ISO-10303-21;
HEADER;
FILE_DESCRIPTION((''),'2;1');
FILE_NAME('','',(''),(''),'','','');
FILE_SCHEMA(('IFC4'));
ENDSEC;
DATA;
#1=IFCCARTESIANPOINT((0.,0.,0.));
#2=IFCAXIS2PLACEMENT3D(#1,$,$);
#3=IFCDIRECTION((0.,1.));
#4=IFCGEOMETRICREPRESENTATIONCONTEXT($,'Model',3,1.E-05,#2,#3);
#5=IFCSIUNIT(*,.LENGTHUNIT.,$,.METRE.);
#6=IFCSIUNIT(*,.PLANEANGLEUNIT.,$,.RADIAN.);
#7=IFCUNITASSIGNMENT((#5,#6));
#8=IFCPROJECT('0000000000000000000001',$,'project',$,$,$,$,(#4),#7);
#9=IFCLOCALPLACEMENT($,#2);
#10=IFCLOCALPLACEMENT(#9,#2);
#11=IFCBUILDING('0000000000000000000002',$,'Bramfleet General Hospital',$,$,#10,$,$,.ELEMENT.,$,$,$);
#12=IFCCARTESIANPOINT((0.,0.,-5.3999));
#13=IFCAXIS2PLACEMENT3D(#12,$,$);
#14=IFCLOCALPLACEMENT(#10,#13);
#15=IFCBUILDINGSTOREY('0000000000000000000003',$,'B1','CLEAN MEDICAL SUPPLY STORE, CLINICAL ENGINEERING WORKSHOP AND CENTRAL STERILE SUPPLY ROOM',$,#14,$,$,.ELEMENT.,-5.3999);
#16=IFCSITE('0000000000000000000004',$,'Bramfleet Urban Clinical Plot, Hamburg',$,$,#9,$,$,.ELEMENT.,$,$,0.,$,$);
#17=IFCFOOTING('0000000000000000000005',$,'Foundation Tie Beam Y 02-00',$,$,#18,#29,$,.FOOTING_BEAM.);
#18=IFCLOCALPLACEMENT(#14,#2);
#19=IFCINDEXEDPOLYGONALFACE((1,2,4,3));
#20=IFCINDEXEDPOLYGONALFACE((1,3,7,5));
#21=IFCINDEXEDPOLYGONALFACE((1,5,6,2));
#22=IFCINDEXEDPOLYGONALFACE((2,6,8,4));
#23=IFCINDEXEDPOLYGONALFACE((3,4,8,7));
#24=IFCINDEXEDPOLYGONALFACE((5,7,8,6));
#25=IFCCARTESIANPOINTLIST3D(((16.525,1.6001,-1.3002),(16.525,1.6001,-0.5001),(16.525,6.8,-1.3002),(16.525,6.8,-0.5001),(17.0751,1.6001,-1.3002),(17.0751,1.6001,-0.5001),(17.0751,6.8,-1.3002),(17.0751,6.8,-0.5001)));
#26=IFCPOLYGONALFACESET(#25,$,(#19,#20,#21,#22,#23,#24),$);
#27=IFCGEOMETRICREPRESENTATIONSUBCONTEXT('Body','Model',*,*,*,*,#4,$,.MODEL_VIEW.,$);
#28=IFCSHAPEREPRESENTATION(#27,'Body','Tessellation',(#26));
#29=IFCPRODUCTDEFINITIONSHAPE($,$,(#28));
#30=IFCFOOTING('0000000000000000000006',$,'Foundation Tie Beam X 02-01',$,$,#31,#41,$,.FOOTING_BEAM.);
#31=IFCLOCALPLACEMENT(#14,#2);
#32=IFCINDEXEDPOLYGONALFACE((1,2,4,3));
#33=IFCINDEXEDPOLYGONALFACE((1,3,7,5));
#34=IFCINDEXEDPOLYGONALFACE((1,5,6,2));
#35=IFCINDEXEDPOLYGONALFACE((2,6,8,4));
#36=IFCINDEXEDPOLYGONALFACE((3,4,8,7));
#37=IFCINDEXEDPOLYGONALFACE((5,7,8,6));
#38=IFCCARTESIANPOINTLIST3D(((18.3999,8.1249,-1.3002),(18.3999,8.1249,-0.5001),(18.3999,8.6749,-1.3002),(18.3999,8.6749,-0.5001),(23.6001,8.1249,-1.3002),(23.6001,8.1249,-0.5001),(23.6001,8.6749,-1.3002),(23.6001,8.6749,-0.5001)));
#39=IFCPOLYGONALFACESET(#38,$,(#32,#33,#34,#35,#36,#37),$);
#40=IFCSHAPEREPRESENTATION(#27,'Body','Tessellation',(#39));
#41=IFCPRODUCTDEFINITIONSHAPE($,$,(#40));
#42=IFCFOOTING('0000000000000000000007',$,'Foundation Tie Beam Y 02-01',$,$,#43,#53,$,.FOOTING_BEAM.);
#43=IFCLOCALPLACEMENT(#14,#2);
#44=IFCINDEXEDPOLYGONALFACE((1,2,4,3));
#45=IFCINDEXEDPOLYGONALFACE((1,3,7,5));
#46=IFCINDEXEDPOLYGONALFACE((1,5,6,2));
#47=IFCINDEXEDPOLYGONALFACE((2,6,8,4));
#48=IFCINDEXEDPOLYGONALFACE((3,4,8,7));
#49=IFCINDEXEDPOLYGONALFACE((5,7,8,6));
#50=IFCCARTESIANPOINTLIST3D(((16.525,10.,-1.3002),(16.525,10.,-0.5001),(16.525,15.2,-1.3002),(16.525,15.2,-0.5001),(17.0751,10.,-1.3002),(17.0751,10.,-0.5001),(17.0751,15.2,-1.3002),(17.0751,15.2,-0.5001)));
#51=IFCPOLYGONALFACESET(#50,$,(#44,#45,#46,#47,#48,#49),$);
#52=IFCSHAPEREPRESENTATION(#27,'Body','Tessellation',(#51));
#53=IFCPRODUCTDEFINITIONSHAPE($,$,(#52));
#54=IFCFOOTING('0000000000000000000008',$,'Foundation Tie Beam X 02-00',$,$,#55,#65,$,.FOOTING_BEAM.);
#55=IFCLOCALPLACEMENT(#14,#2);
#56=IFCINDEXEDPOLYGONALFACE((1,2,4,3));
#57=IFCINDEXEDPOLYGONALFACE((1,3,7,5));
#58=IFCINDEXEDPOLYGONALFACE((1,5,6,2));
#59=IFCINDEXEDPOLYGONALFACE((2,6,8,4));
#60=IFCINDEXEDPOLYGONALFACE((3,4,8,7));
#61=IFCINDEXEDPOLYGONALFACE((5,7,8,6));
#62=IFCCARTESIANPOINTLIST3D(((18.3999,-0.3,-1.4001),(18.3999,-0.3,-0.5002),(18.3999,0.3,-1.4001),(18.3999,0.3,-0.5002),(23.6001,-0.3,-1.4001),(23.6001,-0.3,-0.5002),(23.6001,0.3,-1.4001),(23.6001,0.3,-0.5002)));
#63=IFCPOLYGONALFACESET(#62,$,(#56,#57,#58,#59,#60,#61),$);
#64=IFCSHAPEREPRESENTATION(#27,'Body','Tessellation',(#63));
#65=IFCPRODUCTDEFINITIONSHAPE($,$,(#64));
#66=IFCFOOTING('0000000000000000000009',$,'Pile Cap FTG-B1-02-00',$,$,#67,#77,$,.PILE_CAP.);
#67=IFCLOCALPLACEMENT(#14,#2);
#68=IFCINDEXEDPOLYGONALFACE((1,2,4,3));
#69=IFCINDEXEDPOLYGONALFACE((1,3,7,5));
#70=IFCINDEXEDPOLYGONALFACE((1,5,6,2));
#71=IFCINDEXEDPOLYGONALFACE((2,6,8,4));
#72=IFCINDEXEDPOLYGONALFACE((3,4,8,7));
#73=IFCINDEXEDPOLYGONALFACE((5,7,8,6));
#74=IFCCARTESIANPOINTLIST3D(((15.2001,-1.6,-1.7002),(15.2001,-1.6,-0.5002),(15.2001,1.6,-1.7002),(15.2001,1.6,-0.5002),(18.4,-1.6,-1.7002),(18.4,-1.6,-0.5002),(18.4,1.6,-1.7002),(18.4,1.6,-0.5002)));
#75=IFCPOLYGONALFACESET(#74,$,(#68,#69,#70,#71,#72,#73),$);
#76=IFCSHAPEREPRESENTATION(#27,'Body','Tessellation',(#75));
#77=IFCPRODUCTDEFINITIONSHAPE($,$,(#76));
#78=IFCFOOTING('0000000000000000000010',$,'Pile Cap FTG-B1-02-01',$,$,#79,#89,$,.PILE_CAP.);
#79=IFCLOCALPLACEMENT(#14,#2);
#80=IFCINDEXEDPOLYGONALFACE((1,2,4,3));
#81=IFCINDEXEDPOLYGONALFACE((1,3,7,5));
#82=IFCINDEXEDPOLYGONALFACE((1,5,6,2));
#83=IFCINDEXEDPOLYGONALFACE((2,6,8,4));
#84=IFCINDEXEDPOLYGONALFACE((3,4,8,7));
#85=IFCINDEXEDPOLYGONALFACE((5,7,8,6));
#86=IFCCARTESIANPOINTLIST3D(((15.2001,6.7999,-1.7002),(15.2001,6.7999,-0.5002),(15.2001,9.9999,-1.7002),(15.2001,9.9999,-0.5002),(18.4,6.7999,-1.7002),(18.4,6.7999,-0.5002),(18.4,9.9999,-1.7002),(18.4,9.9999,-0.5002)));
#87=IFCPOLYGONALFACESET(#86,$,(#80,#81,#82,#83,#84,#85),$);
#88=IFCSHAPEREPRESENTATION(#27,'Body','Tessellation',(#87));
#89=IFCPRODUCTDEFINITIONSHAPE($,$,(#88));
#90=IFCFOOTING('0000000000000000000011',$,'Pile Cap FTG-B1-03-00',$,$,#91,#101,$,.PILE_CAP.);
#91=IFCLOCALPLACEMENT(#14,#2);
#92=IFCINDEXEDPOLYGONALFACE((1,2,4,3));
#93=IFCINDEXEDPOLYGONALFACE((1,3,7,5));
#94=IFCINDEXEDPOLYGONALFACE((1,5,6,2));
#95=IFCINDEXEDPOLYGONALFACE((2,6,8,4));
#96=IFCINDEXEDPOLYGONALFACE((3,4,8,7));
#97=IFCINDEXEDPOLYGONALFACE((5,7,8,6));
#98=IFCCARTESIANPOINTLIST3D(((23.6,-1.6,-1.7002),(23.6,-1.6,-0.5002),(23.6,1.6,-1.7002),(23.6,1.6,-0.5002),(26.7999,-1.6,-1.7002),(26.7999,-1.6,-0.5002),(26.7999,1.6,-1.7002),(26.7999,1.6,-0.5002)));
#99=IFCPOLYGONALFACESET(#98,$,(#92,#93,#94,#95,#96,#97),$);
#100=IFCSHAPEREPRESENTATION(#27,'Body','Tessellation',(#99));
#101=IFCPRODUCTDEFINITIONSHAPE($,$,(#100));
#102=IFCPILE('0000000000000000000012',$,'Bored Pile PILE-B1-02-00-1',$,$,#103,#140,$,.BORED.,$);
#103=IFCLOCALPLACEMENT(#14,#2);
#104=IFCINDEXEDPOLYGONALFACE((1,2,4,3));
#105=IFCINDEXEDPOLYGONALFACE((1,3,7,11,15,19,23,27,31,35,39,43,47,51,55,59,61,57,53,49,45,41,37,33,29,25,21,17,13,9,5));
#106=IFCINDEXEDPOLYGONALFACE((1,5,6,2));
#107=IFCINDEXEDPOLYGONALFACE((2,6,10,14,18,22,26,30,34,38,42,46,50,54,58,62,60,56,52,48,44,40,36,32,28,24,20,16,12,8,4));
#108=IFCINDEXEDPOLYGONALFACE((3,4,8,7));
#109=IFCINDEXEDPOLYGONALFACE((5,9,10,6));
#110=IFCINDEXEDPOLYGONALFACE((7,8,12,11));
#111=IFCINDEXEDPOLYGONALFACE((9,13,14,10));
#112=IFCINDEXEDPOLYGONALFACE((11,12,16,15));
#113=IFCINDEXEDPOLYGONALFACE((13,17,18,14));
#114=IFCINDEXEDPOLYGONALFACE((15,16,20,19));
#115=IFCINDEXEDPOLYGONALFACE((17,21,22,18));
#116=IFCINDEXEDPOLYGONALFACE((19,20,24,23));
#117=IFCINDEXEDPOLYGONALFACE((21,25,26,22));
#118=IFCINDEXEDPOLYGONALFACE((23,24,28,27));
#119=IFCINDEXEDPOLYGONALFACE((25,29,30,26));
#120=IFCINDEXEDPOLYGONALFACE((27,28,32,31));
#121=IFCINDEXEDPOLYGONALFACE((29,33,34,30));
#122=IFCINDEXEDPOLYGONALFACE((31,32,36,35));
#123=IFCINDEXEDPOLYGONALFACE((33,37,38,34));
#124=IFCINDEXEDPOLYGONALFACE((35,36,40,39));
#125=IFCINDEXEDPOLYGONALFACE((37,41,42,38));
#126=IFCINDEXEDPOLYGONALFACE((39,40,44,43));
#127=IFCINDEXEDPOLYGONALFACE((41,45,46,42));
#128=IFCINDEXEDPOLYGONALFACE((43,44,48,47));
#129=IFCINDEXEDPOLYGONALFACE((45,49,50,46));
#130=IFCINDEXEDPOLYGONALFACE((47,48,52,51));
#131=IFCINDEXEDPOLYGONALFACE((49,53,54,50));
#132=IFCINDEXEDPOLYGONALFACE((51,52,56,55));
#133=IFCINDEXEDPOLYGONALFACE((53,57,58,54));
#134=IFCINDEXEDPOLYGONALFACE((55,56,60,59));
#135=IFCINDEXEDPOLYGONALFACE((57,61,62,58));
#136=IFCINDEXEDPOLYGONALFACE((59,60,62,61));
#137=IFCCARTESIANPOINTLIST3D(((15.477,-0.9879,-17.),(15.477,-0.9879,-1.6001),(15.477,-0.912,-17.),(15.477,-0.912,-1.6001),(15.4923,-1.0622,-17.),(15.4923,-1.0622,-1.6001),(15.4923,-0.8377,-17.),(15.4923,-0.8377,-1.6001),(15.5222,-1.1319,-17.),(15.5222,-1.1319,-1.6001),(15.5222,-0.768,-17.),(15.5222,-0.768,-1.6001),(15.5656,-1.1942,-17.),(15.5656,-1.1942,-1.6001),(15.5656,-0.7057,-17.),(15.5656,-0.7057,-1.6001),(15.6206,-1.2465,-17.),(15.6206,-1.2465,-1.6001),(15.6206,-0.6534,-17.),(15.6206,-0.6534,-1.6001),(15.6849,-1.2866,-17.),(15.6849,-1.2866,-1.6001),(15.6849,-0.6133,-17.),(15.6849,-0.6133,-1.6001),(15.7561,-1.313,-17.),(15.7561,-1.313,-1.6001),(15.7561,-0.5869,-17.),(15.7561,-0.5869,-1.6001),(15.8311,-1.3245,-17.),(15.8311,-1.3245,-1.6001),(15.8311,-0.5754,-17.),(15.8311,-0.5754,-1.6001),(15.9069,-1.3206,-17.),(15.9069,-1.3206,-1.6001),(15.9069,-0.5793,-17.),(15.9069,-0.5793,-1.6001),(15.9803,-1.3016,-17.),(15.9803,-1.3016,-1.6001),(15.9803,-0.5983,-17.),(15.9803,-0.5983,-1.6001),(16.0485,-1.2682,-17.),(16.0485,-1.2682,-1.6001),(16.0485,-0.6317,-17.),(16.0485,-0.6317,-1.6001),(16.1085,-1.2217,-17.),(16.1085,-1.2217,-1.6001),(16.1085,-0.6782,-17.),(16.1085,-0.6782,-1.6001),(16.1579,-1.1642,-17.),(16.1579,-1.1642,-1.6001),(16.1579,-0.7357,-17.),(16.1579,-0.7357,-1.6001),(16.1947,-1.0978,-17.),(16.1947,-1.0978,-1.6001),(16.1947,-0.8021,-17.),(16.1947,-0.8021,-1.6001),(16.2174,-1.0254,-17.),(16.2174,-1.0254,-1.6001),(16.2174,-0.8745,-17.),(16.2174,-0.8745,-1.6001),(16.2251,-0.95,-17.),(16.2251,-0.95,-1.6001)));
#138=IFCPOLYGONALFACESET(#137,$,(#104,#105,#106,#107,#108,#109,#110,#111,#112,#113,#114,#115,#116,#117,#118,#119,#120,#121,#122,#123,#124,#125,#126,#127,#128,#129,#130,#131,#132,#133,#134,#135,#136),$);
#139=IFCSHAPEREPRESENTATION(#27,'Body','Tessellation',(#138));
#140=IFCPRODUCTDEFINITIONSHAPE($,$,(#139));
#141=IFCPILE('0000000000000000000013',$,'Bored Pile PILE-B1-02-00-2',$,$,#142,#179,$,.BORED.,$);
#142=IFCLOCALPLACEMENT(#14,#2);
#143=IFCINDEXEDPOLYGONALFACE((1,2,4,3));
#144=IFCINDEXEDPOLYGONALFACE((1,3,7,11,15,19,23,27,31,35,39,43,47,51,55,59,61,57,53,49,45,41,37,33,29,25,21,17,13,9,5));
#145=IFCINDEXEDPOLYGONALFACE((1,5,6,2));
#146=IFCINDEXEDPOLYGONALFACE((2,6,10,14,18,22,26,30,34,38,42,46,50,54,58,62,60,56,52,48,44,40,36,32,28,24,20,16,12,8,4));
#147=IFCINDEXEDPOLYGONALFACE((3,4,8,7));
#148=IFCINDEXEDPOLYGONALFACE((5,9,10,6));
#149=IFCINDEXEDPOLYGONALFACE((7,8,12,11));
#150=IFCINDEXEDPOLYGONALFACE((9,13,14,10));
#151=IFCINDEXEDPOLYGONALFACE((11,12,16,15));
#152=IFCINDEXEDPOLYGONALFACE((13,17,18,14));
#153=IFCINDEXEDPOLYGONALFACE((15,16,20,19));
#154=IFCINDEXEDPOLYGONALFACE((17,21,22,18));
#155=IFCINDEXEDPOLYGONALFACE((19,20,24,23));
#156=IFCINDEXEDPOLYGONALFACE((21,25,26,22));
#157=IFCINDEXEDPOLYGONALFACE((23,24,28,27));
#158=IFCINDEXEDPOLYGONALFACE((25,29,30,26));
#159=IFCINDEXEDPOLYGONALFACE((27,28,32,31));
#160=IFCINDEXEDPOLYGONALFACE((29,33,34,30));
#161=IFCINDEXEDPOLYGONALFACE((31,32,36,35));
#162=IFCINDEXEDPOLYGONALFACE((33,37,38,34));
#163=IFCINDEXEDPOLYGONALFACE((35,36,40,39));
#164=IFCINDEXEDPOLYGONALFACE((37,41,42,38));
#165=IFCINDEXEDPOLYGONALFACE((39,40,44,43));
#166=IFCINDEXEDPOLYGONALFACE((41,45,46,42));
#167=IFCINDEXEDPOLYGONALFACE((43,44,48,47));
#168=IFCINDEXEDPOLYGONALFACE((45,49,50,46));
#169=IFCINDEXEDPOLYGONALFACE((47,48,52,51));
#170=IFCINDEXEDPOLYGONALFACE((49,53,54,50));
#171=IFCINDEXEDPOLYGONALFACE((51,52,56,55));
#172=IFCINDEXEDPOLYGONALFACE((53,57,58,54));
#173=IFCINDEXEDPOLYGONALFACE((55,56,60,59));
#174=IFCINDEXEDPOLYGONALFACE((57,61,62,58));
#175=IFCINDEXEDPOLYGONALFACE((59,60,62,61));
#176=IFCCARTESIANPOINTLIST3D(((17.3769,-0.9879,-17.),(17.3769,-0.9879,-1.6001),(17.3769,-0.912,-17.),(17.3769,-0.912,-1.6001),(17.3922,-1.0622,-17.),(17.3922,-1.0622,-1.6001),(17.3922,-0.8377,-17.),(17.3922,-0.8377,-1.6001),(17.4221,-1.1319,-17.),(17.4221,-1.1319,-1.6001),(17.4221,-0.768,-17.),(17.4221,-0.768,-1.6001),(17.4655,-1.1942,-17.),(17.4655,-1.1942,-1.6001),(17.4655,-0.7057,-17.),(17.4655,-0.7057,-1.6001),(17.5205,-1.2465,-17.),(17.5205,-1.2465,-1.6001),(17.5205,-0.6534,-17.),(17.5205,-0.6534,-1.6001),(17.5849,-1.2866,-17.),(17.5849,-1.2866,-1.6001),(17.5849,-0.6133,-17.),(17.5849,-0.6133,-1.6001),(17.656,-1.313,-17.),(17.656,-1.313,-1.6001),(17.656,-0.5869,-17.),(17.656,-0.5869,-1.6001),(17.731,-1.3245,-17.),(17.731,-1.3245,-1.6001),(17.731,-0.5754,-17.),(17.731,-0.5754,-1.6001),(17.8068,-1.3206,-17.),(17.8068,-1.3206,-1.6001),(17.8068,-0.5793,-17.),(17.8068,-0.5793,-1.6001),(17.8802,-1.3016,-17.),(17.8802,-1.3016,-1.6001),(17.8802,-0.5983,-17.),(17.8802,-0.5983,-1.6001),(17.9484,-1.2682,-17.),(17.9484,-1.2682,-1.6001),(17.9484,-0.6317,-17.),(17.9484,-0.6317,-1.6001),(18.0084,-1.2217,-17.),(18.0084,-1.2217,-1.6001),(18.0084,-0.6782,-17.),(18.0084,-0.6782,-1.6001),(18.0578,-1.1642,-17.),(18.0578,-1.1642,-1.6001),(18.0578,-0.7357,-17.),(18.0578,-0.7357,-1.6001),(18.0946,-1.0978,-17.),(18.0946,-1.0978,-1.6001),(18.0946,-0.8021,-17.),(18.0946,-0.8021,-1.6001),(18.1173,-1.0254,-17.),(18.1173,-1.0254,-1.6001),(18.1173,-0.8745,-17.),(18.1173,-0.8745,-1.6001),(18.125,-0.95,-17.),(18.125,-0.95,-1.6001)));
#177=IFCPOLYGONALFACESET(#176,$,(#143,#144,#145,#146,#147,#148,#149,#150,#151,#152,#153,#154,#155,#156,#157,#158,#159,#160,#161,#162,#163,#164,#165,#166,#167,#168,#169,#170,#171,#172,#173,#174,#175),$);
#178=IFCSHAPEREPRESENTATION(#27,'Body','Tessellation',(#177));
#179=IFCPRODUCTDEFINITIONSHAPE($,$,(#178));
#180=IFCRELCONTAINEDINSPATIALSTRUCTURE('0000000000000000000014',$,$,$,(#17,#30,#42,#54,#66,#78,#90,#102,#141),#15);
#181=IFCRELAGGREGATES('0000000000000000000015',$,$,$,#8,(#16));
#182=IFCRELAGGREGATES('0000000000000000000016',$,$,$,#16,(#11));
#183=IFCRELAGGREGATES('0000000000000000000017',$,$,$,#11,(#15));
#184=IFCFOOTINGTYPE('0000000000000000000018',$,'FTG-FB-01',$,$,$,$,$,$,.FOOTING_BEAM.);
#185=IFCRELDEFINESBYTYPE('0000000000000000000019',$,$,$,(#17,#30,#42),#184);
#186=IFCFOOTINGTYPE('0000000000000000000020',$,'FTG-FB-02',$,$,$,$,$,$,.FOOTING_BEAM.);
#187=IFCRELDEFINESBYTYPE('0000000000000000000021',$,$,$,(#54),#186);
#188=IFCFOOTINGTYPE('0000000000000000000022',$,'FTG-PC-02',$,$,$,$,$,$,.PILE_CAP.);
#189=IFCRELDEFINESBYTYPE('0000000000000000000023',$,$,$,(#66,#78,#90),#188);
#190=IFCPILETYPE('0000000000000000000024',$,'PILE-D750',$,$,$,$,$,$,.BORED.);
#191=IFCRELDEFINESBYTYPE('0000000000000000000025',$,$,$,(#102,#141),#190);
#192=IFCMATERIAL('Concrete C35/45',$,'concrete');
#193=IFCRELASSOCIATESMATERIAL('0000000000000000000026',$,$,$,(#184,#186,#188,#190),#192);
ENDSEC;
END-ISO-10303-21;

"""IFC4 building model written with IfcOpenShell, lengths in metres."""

from ifc_helpers import new_model, si_unit, direction, frame, origin, origin_2d, place, context, subcontext, project, spatial, rectangle, circle, extrude, material, material_profile, profile_set, type_object, element, save


model = new_model("IFC4")

# Units and contexts
model_context = context("Model", 3, precision=1e-05, world=origin(), true_north=direction((0.0, 1.0)))
body_context = subcontext(model_context, "Body", "Model", "MODEL_VIEW")
ifc_project = project(units=[si_unit("LENGTHUNIT", "METRE"), si_unit("PLANEANGLEUNIT", "RADIAN")], contexts=[model_context])

# Site, building, storey
site_placement = place(None, origin())
site = spatial("IfcSite", under=ifc_project, at=site_placement, Name="Bramfleet Urban Clinical Plot, Hamburg", CompositionType="ELEMENT", RefElevation=0.0)
building_placement = place(site_placement, origin())
building = spatial("IfcBuilding", under=site, at=building_placement, Name="Bramfleet General Hospital", CompositionType="ELEMENT")
storey_placement = place(building_placement, frame((0.0, 0.0, -5.3999)))
storey = spatial("IfcBuildingStorey", under=building, at=storey_placement, Name="B1", Description="CLEAN MEDICAL SUPPLY STORE, CLINICAL ENGINEERING WORKSHOP AND CENTRAL STERILE SUPPLY ROOM", CompositionType="ELEMENT", Elevation=-5.3999)

# Footings
ifc_material_1 = material(Name="Concrete C35/45", Category="concrete")
ifc_material_profile_1 = material_profile(ifc_material_1, rectangle(XDim=0.55, YDim=0.8, at=origin_2d()), Name="RC FB 800x550")
ifc_profile_set_1 = profile_set([ifc_material_profile_1], Name="Concrete C35/45")
footing_type_1 = type_object("IfcFootingType", Name="FTG-FB-01", PredefinedType="FOOTING_BEAM", material=ifc_profile_set_1)
footing_1_placement = place(storey_placement, frame((16.8, 1.6001, -0.9001), z_axis=(0.0, 1.0, 0.0), x_axis=(-1.0, 0.0, 0.0)))
element("IfcFooting", 1, at=footing_1_placement, inside=storey, type_object=footing_type_1, Name="Foundation Tie Beam Y 02-00", PredefinedType="FOOTING_BEAM", context=body_context, shape_type="SweptSolid", body=[
    extrude(rectangle(XDim=0.55, YDim=0.8, at=origin_2d()), origin(), (0.0, 0.0, 1.0), 5.2),
])
footing_2_placement = place(storey_placement, frame((18.3999, 8.3999, -0.9001), z_axis=(1.0, 0.0, 0.0), x_axis=(0.0, 1.0, 0.0)))
element("IfcFooting", 2, at=footing_2_placement, inside=storey, type_object=footing_type_1, Name="Foundation Tie Beam X 02-01", PredefinedType="FOOTING_BEAM", context=body_context, shape_type="SweptSolid", body=[
    extrude(rectangle(XDim=0.55, YDim=0.8, at=origin_2d()), origin(), (0.0, 0.0, 1.0), 5.2002),
])
footing_3_placement = place(storey_placement, frame((16.8, 10.0, -0.9001), z_axis=(0.0, 1.0, 0.0), x_axis=(-1.0, 0.0, 0.0)))
element("IfcFooting", 3, at=footing_3_placement, inside=storey, type_object=footing_type_1, Name="Foundation Tie Beam Y 02-01", PredefinedType="FOOTING_BEAM", context=body_context, shape_type="SweptSolid", body=[
    extrude(rectangle(XDim=0.55, YDim=0.8, at=origin_2d()), origin(), (0.0, 0.0, 1.0), 5.2),
])
ifc_material_profile_2 = material_profile(ifc_material_1, rectangle(XDim=0.6001, YDim=0.8999, at=origin_2d()), Name="RC FB 900x600")
ifc_profile_set_2 = profile_set([ifc_material_profile_2], Name="Concrete C35/45")
footing_type_2 = type_object("IfcFootingType", Name="FTG-FB-02", PredefinedType="FOOTING_BEAM", material=ifc_profile_set_2)
footing_4_placement = place(storey_placement, frame((18.3999, 0.0, -0.9502), z_axis=(1.0, 0.0, 0.0), x_axis=(0.0, 1.0, 0.0)))
element("IfcFooting", 4, at=footing_4_placement, inside=storey, type_object=footing_type_2, Name="Foundation Tie Beam X 02-00", PredefinedType="FOOTING_BEAM", context=body_context, shape_type="SweptSolid", body=[
    extrude(rectangle(XDim=0.6001, YDim=0.8999, at=origin_2d()), origin(), (0.0, 0.0, 1.0), 5.2002),
])
footing_type_3 = type_object("IfcFootingType", Name="FTG-PC-02", PredefinedType="PILE_CAP", material=ifc_material_1)
for number, where, z_axis, x_axis, name in (
    (5, (16.8, 0.0, -1.7002), (0.0, 0.0, 1.0), (1.0, 0.0, 0.0), "Pile Cap FTG-B1-02-00"),
    (6, (16.8, 8.3999, -1.7002), (0.0, 0.0, 1.0), (1.0, 0.0, 0.0), "Pile Cap FTG-B1-02-01"),
    (7, (25.2, 0.0, -1.7002), (0.0, 0.0, 1.0), (1.0, 0.0, 0.0), "Pile Cap FTG-B1-03-00"),
):
    element("IfcFooting", number, at=place(storey_placement, frame(where, z_axis=z_axis, x_axis=x_axis)), inside=storey, type_object=footing_type_3, Name=name, PredefinedType="PILE_CAP", context=body_context, shape_type="SweptSolid", body=[
        extrude(rectangle(XDim=3.2, YDim=3.2, at=origin_2d()), origin(), (0.0, 0.0, 1.0), 1.2),
    ])

# Piles
ifc_material_profile_3 = material_profile(ifc_material_1, circle(Radius=0.375, at=origin_2d()), Name="PILE BORED D750")
ifc_profile_set_3 = profile_set([ifc_material_profile_3], Name="Concrete C35/45")
pile_type = type_object("IfcPileType", Name="PILE-D750", PredefinedType="BORED", material=ifc_profile_set_3)
for number, where, z_axis, x_axis, name in (
    (8, (15.8501, -0.95, -1.6001), (0.0, 0.0, -1.0), (1.0, 0.0, 0.0), "Bored Pile PILE-B1-02-00-1"),
    (9, (17.75, -0.95, -1.6001), (0.0, 0.0, -1.0), (1.0, 0.0, 0.0), "Bored Pile PILE-B1-02-00-2"),
):
    element("IfcPile", number, at=place(storey_placement, frame(where, z_axis=z_axis, x_axis=x_axis)), inside=storey, type_object=pile_type, Name=name, PredefinedType="BORED", context=body_context, shape_type="SweptSolid", body=[
        extrude(circle(Radius=0.375, at=origin_2d()), origin(), (0.0, 0.0, 1.0), 15.3999),
    ])

save(model, "model.ifc")
